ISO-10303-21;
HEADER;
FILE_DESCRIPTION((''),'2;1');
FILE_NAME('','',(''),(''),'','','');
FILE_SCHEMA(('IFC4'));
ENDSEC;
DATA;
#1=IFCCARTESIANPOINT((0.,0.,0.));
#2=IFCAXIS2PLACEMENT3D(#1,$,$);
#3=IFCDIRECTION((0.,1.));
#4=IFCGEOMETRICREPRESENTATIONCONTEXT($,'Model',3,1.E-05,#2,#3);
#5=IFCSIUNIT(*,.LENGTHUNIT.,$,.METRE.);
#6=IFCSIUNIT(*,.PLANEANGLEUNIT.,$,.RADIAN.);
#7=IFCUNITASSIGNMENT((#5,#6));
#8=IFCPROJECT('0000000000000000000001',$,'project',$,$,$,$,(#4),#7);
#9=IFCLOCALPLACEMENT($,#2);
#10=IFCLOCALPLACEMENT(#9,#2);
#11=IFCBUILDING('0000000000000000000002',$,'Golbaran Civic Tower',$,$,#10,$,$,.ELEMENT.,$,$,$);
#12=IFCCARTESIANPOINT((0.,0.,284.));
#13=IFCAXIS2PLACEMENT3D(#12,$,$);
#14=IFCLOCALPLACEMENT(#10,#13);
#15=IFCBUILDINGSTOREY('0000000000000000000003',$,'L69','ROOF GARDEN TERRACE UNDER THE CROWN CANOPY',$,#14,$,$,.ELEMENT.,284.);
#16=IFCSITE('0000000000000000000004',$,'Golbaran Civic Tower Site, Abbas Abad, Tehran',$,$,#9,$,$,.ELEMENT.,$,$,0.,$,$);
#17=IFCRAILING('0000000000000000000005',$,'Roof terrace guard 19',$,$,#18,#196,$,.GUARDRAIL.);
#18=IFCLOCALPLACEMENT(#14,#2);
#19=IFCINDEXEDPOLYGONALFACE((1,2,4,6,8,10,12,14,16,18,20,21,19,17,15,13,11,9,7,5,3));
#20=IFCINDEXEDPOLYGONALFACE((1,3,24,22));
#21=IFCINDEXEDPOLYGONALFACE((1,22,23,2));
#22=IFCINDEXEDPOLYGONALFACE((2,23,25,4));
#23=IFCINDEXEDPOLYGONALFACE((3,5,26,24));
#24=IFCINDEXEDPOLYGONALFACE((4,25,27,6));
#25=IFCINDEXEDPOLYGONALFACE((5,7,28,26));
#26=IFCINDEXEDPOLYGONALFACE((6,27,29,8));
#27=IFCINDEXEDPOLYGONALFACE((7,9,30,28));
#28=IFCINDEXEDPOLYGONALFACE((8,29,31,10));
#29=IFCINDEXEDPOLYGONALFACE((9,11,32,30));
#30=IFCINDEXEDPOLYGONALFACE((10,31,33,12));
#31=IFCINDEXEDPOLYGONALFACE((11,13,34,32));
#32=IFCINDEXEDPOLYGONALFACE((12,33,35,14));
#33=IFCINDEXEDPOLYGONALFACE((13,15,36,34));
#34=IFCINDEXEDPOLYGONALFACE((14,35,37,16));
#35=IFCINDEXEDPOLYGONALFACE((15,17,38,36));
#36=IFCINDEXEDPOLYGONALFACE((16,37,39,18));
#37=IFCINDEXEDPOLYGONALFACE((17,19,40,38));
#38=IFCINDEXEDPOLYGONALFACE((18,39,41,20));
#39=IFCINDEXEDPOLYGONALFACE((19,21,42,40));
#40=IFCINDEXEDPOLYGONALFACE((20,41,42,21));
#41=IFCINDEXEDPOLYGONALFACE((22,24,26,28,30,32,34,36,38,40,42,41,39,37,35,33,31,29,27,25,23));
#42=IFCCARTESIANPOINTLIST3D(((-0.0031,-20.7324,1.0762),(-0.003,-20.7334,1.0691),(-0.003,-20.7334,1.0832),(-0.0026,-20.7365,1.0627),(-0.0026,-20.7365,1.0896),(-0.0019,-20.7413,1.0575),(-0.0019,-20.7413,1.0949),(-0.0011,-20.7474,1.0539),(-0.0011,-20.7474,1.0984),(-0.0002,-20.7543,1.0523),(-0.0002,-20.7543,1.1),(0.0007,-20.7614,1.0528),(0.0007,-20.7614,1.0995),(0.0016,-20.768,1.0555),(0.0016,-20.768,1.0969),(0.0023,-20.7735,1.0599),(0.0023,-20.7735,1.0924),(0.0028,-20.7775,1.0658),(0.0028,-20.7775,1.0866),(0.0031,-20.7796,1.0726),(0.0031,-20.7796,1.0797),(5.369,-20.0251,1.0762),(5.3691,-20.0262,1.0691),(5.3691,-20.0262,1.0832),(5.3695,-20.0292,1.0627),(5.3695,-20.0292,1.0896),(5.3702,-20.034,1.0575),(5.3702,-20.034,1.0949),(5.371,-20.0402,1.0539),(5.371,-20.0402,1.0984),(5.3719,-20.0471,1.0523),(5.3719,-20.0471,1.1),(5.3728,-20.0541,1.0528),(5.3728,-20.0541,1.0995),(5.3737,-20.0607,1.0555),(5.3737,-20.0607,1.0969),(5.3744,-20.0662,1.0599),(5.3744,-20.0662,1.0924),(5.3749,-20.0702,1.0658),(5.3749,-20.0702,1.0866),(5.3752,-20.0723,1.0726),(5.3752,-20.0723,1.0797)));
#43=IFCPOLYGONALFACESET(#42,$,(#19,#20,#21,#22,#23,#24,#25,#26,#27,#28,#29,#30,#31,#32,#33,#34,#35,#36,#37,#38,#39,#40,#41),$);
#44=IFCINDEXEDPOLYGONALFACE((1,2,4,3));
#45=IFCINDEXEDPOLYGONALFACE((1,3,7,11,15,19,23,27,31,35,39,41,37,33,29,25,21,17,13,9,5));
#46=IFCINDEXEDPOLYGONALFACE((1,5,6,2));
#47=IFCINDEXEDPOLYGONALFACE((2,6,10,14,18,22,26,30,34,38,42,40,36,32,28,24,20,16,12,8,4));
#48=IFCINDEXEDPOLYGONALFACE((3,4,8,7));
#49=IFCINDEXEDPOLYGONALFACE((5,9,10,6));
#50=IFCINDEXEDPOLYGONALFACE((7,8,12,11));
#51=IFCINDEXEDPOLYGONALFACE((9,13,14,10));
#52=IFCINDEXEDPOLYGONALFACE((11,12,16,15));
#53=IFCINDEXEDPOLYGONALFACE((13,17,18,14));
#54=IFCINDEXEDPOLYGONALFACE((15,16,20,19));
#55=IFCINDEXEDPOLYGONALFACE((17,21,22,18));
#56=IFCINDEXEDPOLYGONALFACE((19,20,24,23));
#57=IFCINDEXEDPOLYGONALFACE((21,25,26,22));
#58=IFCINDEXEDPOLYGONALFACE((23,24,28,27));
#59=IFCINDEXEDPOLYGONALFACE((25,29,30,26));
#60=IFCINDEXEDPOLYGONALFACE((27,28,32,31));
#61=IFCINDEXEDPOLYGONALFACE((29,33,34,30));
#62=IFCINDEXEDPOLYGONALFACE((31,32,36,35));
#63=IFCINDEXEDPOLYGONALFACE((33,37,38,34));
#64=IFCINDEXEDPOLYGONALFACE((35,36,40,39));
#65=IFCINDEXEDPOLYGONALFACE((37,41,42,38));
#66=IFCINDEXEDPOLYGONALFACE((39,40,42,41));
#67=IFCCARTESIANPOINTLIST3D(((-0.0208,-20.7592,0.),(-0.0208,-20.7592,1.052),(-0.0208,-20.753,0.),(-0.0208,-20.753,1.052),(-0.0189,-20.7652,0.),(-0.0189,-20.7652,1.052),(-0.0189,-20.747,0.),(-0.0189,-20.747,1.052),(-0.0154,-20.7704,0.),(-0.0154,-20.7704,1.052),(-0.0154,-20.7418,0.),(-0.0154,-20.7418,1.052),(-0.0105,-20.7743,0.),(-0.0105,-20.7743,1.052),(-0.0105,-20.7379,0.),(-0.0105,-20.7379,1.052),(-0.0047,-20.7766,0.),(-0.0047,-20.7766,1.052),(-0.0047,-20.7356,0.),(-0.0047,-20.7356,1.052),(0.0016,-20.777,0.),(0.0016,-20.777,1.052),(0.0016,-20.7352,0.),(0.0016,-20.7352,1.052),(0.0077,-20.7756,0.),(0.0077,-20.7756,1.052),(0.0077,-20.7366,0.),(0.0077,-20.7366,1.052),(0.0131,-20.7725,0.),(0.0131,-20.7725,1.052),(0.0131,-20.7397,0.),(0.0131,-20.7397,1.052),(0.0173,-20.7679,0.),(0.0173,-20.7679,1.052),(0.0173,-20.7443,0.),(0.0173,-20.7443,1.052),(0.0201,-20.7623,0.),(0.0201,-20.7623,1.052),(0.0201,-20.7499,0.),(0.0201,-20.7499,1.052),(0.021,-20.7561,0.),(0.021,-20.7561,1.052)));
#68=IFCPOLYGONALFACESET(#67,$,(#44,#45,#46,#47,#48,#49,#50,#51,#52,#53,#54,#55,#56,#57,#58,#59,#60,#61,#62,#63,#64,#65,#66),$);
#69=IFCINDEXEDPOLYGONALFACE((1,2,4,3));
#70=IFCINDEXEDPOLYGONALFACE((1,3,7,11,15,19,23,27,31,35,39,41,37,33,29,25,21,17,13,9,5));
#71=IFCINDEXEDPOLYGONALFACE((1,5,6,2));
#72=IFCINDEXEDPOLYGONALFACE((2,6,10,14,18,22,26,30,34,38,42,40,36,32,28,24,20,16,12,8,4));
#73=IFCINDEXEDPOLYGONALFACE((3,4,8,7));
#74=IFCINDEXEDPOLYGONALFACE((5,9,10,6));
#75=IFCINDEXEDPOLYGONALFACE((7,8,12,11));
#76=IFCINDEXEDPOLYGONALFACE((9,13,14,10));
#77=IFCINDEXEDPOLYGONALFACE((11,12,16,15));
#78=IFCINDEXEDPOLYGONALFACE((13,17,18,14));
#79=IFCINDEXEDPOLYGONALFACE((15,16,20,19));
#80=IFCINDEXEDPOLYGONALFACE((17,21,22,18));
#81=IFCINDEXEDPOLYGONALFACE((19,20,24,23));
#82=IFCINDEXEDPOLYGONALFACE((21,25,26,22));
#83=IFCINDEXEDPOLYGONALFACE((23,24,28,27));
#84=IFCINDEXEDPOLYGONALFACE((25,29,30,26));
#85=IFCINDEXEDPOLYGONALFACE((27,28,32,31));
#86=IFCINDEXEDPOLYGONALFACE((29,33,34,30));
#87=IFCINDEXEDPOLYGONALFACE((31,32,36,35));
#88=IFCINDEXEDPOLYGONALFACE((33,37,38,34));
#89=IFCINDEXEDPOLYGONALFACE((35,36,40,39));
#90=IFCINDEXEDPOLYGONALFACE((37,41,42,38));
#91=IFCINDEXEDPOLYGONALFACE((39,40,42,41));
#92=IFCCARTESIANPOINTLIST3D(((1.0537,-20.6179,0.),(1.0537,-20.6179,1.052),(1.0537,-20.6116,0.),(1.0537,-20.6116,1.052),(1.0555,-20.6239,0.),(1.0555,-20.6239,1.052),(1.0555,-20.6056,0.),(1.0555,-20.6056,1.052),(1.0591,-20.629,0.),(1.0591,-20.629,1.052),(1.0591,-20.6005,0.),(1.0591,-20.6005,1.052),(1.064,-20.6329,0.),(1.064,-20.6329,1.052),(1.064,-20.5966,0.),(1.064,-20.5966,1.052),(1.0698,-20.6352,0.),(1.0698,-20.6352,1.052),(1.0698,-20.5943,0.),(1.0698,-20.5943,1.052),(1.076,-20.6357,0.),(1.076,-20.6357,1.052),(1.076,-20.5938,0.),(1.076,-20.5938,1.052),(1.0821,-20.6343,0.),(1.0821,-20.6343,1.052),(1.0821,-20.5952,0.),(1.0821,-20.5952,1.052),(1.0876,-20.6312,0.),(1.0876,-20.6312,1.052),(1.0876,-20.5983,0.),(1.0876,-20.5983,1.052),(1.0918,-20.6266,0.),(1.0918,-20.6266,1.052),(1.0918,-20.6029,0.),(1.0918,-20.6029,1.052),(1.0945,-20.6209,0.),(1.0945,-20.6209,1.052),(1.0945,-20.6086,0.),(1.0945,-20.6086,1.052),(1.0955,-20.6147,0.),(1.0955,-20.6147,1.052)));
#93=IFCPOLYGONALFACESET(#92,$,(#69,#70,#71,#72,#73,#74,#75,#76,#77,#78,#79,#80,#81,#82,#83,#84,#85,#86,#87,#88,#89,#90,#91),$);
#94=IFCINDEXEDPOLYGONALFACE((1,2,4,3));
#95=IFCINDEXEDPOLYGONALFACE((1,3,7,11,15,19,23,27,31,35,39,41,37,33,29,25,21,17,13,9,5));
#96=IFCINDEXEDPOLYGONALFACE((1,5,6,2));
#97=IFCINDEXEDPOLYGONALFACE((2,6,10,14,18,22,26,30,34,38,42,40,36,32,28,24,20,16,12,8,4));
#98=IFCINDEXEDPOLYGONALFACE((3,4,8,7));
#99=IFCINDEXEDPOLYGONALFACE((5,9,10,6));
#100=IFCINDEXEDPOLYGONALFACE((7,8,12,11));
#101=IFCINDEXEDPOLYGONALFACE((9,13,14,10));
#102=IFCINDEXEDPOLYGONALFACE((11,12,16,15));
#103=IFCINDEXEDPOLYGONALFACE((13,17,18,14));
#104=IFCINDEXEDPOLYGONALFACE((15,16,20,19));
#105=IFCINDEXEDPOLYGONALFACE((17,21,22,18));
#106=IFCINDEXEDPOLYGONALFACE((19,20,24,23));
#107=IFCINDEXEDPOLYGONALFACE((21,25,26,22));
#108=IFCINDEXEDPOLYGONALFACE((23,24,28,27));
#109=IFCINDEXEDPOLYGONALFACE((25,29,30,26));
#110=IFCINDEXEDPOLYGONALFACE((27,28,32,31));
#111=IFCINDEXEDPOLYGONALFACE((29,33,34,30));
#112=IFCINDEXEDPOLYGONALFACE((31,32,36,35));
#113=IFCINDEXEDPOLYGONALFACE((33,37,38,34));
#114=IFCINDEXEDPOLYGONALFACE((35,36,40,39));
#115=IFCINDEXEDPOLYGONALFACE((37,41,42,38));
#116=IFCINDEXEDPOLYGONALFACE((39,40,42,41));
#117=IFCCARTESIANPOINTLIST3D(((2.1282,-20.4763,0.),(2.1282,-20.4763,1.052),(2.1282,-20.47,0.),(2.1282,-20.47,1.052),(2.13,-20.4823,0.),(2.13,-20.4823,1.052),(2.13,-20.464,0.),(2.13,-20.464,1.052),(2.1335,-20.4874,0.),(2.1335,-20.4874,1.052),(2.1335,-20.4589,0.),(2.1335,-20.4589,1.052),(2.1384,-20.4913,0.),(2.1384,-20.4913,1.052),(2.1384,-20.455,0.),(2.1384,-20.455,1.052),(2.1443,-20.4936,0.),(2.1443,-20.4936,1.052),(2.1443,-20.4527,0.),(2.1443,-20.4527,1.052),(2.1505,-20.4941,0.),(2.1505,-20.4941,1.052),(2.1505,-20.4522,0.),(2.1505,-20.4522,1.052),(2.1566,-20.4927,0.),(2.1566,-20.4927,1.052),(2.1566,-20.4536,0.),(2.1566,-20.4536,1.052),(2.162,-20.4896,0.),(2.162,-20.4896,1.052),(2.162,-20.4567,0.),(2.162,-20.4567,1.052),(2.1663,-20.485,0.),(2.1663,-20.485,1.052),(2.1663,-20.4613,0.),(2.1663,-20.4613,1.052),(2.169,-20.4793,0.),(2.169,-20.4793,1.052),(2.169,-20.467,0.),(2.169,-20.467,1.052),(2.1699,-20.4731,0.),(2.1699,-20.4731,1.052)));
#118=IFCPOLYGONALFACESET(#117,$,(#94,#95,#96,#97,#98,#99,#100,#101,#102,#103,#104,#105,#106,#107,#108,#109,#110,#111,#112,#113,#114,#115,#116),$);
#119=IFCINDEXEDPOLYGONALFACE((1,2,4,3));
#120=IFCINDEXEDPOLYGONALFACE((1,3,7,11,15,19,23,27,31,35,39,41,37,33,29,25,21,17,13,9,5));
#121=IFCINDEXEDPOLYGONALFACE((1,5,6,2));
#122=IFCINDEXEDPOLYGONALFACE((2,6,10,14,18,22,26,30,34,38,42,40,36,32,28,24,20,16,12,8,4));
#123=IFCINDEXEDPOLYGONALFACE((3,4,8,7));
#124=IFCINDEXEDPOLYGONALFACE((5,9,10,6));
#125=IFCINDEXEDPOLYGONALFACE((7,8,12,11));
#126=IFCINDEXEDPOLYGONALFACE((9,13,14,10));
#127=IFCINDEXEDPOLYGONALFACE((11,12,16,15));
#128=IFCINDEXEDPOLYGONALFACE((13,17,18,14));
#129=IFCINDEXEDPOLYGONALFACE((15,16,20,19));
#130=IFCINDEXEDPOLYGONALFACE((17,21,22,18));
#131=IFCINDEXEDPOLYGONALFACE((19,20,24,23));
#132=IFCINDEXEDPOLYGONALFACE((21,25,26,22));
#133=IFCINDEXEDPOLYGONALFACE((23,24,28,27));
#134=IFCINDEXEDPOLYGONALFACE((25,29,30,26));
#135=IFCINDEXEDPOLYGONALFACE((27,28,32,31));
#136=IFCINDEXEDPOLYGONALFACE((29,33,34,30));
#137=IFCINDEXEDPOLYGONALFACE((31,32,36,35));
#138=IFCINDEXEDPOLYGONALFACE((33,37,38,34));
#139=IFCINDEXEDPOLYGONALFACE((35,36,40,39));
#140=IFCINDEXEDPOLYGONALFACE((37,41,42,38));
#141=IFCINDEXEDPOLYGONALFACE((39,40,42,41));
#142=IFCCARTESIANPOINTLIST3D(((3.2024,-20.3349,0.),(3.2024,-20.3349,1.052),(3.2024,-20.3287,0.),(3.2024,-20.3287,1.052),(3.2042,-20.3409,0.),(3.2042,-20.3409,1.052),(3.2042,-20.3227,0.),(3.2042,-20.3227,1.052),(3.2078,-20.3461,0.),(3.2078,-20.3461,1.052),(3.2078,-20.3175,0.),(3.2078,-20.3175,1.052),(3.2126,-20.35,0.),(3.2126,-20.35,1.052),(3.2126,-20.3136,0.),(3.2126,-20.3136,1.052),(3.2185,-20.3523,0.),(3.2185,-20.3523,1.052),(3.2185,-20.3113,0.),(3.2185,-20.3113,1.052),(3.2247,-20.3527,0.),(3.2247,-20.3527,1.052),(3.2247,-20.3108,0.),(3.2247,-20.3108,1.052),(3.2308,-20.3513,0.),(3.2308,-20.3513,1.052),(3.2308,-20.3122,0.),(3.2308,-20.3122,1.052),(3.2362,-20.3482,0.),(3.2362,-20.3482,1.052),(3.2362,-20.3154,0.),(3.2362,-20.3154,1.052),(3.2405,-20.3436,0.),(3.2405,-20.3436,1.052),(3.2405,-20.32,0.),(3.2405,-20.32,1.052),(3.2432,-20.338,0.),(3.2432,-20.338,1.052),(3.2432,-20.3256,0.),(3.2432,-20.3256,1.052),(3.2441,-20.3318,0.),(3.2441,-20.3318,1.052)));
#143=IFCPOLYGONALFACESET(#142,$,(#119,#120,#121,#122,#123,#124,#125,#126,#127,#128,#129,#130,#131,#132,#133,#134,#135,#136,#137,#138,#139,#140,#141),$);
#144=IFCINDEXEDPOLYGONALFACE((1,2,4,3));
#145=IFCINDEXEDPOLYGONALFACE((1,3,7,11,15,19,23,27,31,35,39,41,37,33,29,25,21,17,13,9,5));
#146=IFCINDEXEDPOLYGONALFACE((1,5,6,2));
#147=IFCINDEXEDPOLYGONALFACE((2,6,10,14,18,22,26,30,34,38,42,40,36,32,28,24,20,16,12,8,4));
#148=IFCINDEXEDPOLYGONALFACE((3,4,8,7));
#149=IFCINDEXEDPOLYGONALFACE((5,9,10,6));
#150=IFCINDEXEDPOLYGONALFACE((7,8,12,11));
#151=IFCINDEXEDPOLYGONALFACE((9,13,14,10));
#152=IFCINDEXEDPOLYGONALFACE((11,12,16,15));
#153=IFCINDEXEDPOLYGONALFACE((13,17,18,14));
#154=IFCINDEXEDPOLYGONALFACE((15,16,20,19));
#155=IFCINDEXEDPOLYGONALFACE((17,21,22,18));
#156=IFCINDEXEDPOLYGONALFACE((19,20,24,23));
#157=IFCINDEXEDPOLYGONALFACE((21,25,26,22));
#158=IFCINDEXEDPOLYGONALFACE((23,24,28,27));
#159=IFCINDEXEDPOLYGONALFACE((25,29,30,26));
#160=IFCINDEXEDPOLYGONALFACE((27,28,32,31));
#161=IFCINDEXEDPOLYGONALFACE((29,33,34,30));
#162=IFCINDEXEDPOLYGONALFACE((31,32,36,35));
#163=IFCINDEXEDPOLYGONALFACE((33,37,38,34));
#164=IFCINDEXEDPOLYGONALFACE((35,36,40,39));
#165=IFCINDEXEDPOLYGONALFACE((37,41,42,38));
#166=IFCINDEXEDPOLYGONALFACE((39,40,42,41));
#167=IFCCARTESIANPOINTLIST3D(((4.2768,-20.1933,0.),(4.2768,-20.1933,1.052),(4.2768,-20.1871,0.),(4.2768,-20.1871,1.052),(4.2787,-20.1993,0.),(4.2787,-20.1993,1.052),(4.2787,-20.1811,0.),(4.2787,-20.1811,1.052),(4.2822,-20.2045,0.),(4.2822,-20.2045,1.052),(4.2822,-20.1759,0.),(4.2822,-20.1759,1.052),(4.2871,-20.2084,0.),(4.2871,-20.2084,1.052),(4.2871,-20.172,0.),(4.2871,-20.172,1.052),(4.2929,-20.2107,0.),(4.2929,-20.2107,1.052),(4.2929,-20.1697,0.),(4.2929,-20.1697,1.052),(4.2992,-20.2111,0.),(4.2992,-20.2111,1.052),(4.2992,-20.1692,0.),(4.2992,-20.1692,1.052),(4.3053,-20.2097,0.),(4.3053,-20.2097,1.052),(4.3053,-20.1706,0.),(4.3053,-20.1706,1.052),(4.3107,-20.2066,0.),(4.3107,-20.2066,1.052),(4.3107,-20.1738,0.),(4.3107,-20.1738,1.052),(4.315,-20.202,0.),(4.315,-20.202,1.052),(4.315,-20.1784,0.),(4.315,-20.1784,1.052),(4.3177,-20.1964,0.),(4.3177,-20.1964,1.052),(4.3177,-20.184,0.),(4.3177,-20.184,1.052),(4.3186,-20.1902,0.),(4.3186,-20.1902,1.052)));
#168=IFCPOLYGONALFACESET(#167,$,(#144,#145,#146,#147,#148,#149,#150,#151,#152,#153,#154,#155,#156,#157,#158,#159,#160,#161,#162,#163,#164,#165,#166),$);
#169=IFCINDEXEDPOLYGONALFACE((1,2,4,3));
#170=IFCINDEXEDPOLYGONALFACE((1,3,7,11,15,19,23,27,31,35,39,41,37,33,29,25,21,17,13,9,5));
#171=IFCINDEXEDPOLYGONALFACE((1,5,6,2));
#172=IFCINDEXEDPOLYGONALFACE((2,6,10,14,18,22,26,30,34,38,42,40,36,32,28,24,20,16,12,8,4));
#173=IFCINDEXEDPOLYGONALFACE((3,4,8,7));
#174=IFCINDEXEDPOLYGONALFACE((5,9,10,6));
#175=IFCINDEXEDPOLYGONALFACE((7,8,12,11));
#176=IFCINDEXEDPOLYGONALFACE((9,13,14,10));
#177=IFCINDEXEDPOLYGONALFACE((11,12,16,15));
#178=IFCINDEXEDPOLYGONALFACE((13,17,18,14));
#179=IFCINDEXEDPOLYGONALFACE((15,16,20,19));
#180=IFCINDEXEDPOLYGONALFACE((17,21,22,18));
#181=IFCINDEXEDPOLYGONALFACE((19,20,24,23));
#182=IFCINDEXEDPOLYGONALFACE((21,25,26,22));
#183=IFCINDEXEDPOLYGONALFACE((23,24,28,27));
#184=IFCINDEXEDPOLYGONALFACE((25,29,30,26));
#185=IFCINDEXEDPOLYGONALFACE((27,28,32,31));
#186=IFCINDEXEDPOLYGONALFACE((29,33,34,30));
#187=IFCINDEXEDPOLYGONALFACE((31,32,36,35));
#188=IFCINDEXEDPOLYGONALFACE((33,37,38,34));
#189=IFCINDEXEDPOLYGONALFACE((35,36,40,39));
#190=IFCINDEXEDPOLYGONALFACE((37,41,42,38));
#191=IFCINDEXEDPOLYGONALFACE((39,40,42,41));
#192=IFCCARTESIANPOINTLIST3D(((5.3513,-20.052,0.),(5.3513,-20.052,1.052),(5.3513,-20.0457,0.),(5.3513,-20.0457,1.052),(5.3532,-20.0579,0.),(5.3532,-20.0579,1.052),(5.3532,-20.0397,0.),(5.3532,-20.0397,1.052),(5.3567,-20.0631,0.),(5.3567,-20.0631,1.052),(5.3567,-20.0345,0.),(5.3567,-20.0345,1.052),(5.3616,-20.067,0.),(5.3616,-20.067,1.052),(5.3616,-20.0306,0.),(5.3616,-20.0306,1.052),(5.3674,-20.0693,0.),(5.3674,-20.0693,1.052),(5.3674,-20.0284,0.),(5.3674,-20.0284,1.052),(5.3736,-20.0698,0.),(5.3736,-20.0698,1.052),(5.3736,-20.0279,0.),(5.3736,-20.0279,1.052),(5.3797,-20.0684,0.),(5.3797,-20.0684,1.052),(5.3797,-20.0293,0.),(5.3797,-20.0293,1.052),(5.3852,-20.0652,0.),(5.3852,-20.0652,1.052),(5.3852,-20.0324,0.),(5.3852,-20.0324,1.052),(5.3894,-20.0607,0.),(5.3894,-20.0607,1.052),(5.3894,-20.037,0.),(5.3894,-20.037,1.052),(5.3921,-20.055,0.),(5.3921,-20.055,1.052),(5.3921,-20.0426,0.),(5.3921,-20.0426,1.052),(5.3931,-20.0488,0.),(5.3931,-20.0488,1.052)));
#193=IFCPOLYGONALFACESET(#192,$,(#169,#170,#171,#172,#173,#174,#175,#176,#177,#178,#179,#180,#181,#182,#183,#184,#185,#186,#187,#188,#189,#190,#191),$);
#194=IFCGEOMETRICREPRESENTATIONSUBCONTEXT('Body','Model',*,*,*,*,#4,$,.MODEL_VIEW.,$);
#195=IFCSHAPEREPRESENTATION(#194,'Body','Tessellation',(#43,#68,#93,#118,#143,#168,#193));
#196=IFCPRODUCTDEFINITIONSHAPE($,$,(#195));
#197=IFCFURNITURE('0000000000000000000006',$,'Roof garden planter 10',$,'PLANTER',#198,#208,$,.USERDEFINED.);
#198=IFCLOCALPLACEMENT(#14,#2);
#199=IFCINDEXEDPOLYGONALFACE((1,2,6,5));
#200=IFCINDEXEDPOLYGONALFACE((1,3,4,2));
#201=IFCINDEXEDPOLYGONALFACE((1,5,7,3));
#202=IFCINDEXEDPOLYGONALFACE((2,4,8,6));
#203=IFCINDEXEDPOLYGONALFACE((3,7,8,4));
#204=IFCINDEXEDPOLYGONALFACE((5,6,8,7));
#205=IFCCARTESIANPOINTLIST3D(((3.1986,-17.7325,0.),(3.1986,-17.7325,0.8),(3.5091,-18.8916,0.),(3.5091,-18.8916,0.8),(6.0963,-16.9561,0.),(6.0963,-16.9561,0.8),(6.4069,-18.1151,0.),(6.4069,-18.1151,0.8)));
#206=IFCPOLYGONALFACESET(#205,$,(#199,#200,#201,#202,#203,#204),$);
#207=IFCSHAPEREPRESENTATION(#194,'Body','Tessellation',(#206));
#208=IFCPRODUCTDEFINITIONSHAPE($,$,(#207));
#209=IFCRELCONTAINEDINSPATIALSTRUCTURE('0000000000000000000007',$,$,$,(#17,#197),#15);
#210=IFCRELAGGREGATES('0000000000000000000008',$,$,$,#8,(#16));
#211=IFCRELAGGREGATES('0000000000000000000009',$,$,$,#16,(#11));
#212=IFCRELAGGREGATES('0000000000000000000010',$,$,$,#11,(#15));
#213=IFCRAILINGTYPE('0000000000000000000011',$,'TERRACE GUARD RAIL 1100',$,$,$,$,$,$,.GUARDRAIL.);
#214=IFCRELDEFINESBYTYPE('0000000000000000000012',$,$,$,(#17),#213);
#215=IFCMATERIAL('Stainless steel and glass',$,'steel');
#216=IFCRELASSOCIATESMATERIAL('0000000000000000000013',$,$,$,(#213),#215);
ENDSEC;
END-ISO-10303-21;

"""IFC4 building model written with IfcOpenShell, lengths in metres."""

from ifc_helpers import new_model, si_unit, direction, frame, origin, origin_2d, place, context, subcontext, project, spatial, rectangle, circle, extrude, material, type_object, element, save


model = new_model("IFC4")

# Units and contexts
model_context = context("Model", 3, precision=1e-05, world=origin(), true_north=direction((0.0, 1.0)))
body_context = subcontext(model_context, "Body", "Model", "MODEL_VIEW")
ifc_project = project(units=[si_unit("LENGTHUNIT", "METRE"), si_unit("PLANEANGLEUNIT", "RADIAN")], contexts=[model_context])

# Site, building, storey
site_placement = place(None, origin())
site = spatial("IfcSite", under=ifc_project, at=site_placement, Name="Golbaran Civic Tower Site, Abbas Abad, Tehran", CompositionType="ELEMENT", RefElevation=0.0)
building_placement = place(site_placement, origin())
building = spatial("IfcBuilding", under=site, at=building_placement, Name="Golbaran Civic Tower", CompositionType="ELEMENT")
storey_placement = place(building_placement, frame((0.0, 0.0, 284.0)))
storey = spatial("IfcBuildingStorey", under=building, at=storey_placement, Name="L69", Description="ROOF GARDEN TERRACE UNDER THE CROWN CANOPY", CompositionType="ELEMENT", Elevation=284.0)

# Railing
ifc_material_1 = material(Name="Stainless steel and glass", Category="steel")
railing_type = type_object("IfcRailingType", Name="TERRACE GUARD RAIL 1100", PredefinedType="GUARDRAIL", material=ifc_material_1)
railing_1_placement = place(storey_placement, frame((0.0, -20.7561, 0.0)))
element("IfcRailing", 1, at=railing_1_placement, inside=storey, type_object=railing_type, Name="Roof terrace guard 19", PredefinedType="GUARDRAIL", context=body_context, shape_type="SweptSolid", body=[
    extrude(circle(Radius=0.0239, at=origin_2d()), frame((0.0, 0.0, 1.0762), z_axis=(0.991444, 0.130531, 0.0), x_axis=(-0.130531, 0.991444, 0.0)), (0.0, 0.0, 1.0), 5.4185),
    extrude(circle(Radius=0.021, at=origin_2d()), origin(), (0.0, 0.0, 1.0), 1.052),
    extrude(circle(Radius=0.021, at=origin_2d()), frame((1.0745, 0.1414, 0.0)), (0.0, 0.0, 1.0), 1.052),
    extrude(circle(Radius=0.021, at=origin_2d()), frame((2.1489, 0.283, 0.0)), (0.0, 0.0, 1.0), 1.052),
    extrude(circle(Radius=0.021, at=origin_2d()), frame((3.2231, 0.4243, 0.0)), (0.0, 0.0, 1.0), 1.052),
    extrude(circle(Radius=0.021, at=origin_2d()), frame((4.2976, 0.5659, 0.0)), (0.0, 0.0, 1.0), 1.052),
    extrude(circle(Radius=0.021, at=origin_2d()), frame((5.3721, 0.7073, 0.0)), (0.0, 0.0, 1.0), 1.052),
])

# Furniture
furniture_placement = place(storey_placement, frame((4.8027, -17.9238, 0.0), z_axis=(0.0, 0.0, 1.0), x_axis=(0.965926, 0.258819, 0.0)))
element("IfcFurniture", 2, at=furniture_placement, inside=storey, Name="Roof garden planter 10", ObjectType="PLANTER", PredefinedType="USERDEFINED", context=body_context, shape_type="SweptSolid", body=[
    extrude(rectangle(XDim=3.0, YDim=1.2, at=origin_2d()), origin(), (0.0, 0.0, 1.0), 0.8),
])

save(model, "model.ifc")
